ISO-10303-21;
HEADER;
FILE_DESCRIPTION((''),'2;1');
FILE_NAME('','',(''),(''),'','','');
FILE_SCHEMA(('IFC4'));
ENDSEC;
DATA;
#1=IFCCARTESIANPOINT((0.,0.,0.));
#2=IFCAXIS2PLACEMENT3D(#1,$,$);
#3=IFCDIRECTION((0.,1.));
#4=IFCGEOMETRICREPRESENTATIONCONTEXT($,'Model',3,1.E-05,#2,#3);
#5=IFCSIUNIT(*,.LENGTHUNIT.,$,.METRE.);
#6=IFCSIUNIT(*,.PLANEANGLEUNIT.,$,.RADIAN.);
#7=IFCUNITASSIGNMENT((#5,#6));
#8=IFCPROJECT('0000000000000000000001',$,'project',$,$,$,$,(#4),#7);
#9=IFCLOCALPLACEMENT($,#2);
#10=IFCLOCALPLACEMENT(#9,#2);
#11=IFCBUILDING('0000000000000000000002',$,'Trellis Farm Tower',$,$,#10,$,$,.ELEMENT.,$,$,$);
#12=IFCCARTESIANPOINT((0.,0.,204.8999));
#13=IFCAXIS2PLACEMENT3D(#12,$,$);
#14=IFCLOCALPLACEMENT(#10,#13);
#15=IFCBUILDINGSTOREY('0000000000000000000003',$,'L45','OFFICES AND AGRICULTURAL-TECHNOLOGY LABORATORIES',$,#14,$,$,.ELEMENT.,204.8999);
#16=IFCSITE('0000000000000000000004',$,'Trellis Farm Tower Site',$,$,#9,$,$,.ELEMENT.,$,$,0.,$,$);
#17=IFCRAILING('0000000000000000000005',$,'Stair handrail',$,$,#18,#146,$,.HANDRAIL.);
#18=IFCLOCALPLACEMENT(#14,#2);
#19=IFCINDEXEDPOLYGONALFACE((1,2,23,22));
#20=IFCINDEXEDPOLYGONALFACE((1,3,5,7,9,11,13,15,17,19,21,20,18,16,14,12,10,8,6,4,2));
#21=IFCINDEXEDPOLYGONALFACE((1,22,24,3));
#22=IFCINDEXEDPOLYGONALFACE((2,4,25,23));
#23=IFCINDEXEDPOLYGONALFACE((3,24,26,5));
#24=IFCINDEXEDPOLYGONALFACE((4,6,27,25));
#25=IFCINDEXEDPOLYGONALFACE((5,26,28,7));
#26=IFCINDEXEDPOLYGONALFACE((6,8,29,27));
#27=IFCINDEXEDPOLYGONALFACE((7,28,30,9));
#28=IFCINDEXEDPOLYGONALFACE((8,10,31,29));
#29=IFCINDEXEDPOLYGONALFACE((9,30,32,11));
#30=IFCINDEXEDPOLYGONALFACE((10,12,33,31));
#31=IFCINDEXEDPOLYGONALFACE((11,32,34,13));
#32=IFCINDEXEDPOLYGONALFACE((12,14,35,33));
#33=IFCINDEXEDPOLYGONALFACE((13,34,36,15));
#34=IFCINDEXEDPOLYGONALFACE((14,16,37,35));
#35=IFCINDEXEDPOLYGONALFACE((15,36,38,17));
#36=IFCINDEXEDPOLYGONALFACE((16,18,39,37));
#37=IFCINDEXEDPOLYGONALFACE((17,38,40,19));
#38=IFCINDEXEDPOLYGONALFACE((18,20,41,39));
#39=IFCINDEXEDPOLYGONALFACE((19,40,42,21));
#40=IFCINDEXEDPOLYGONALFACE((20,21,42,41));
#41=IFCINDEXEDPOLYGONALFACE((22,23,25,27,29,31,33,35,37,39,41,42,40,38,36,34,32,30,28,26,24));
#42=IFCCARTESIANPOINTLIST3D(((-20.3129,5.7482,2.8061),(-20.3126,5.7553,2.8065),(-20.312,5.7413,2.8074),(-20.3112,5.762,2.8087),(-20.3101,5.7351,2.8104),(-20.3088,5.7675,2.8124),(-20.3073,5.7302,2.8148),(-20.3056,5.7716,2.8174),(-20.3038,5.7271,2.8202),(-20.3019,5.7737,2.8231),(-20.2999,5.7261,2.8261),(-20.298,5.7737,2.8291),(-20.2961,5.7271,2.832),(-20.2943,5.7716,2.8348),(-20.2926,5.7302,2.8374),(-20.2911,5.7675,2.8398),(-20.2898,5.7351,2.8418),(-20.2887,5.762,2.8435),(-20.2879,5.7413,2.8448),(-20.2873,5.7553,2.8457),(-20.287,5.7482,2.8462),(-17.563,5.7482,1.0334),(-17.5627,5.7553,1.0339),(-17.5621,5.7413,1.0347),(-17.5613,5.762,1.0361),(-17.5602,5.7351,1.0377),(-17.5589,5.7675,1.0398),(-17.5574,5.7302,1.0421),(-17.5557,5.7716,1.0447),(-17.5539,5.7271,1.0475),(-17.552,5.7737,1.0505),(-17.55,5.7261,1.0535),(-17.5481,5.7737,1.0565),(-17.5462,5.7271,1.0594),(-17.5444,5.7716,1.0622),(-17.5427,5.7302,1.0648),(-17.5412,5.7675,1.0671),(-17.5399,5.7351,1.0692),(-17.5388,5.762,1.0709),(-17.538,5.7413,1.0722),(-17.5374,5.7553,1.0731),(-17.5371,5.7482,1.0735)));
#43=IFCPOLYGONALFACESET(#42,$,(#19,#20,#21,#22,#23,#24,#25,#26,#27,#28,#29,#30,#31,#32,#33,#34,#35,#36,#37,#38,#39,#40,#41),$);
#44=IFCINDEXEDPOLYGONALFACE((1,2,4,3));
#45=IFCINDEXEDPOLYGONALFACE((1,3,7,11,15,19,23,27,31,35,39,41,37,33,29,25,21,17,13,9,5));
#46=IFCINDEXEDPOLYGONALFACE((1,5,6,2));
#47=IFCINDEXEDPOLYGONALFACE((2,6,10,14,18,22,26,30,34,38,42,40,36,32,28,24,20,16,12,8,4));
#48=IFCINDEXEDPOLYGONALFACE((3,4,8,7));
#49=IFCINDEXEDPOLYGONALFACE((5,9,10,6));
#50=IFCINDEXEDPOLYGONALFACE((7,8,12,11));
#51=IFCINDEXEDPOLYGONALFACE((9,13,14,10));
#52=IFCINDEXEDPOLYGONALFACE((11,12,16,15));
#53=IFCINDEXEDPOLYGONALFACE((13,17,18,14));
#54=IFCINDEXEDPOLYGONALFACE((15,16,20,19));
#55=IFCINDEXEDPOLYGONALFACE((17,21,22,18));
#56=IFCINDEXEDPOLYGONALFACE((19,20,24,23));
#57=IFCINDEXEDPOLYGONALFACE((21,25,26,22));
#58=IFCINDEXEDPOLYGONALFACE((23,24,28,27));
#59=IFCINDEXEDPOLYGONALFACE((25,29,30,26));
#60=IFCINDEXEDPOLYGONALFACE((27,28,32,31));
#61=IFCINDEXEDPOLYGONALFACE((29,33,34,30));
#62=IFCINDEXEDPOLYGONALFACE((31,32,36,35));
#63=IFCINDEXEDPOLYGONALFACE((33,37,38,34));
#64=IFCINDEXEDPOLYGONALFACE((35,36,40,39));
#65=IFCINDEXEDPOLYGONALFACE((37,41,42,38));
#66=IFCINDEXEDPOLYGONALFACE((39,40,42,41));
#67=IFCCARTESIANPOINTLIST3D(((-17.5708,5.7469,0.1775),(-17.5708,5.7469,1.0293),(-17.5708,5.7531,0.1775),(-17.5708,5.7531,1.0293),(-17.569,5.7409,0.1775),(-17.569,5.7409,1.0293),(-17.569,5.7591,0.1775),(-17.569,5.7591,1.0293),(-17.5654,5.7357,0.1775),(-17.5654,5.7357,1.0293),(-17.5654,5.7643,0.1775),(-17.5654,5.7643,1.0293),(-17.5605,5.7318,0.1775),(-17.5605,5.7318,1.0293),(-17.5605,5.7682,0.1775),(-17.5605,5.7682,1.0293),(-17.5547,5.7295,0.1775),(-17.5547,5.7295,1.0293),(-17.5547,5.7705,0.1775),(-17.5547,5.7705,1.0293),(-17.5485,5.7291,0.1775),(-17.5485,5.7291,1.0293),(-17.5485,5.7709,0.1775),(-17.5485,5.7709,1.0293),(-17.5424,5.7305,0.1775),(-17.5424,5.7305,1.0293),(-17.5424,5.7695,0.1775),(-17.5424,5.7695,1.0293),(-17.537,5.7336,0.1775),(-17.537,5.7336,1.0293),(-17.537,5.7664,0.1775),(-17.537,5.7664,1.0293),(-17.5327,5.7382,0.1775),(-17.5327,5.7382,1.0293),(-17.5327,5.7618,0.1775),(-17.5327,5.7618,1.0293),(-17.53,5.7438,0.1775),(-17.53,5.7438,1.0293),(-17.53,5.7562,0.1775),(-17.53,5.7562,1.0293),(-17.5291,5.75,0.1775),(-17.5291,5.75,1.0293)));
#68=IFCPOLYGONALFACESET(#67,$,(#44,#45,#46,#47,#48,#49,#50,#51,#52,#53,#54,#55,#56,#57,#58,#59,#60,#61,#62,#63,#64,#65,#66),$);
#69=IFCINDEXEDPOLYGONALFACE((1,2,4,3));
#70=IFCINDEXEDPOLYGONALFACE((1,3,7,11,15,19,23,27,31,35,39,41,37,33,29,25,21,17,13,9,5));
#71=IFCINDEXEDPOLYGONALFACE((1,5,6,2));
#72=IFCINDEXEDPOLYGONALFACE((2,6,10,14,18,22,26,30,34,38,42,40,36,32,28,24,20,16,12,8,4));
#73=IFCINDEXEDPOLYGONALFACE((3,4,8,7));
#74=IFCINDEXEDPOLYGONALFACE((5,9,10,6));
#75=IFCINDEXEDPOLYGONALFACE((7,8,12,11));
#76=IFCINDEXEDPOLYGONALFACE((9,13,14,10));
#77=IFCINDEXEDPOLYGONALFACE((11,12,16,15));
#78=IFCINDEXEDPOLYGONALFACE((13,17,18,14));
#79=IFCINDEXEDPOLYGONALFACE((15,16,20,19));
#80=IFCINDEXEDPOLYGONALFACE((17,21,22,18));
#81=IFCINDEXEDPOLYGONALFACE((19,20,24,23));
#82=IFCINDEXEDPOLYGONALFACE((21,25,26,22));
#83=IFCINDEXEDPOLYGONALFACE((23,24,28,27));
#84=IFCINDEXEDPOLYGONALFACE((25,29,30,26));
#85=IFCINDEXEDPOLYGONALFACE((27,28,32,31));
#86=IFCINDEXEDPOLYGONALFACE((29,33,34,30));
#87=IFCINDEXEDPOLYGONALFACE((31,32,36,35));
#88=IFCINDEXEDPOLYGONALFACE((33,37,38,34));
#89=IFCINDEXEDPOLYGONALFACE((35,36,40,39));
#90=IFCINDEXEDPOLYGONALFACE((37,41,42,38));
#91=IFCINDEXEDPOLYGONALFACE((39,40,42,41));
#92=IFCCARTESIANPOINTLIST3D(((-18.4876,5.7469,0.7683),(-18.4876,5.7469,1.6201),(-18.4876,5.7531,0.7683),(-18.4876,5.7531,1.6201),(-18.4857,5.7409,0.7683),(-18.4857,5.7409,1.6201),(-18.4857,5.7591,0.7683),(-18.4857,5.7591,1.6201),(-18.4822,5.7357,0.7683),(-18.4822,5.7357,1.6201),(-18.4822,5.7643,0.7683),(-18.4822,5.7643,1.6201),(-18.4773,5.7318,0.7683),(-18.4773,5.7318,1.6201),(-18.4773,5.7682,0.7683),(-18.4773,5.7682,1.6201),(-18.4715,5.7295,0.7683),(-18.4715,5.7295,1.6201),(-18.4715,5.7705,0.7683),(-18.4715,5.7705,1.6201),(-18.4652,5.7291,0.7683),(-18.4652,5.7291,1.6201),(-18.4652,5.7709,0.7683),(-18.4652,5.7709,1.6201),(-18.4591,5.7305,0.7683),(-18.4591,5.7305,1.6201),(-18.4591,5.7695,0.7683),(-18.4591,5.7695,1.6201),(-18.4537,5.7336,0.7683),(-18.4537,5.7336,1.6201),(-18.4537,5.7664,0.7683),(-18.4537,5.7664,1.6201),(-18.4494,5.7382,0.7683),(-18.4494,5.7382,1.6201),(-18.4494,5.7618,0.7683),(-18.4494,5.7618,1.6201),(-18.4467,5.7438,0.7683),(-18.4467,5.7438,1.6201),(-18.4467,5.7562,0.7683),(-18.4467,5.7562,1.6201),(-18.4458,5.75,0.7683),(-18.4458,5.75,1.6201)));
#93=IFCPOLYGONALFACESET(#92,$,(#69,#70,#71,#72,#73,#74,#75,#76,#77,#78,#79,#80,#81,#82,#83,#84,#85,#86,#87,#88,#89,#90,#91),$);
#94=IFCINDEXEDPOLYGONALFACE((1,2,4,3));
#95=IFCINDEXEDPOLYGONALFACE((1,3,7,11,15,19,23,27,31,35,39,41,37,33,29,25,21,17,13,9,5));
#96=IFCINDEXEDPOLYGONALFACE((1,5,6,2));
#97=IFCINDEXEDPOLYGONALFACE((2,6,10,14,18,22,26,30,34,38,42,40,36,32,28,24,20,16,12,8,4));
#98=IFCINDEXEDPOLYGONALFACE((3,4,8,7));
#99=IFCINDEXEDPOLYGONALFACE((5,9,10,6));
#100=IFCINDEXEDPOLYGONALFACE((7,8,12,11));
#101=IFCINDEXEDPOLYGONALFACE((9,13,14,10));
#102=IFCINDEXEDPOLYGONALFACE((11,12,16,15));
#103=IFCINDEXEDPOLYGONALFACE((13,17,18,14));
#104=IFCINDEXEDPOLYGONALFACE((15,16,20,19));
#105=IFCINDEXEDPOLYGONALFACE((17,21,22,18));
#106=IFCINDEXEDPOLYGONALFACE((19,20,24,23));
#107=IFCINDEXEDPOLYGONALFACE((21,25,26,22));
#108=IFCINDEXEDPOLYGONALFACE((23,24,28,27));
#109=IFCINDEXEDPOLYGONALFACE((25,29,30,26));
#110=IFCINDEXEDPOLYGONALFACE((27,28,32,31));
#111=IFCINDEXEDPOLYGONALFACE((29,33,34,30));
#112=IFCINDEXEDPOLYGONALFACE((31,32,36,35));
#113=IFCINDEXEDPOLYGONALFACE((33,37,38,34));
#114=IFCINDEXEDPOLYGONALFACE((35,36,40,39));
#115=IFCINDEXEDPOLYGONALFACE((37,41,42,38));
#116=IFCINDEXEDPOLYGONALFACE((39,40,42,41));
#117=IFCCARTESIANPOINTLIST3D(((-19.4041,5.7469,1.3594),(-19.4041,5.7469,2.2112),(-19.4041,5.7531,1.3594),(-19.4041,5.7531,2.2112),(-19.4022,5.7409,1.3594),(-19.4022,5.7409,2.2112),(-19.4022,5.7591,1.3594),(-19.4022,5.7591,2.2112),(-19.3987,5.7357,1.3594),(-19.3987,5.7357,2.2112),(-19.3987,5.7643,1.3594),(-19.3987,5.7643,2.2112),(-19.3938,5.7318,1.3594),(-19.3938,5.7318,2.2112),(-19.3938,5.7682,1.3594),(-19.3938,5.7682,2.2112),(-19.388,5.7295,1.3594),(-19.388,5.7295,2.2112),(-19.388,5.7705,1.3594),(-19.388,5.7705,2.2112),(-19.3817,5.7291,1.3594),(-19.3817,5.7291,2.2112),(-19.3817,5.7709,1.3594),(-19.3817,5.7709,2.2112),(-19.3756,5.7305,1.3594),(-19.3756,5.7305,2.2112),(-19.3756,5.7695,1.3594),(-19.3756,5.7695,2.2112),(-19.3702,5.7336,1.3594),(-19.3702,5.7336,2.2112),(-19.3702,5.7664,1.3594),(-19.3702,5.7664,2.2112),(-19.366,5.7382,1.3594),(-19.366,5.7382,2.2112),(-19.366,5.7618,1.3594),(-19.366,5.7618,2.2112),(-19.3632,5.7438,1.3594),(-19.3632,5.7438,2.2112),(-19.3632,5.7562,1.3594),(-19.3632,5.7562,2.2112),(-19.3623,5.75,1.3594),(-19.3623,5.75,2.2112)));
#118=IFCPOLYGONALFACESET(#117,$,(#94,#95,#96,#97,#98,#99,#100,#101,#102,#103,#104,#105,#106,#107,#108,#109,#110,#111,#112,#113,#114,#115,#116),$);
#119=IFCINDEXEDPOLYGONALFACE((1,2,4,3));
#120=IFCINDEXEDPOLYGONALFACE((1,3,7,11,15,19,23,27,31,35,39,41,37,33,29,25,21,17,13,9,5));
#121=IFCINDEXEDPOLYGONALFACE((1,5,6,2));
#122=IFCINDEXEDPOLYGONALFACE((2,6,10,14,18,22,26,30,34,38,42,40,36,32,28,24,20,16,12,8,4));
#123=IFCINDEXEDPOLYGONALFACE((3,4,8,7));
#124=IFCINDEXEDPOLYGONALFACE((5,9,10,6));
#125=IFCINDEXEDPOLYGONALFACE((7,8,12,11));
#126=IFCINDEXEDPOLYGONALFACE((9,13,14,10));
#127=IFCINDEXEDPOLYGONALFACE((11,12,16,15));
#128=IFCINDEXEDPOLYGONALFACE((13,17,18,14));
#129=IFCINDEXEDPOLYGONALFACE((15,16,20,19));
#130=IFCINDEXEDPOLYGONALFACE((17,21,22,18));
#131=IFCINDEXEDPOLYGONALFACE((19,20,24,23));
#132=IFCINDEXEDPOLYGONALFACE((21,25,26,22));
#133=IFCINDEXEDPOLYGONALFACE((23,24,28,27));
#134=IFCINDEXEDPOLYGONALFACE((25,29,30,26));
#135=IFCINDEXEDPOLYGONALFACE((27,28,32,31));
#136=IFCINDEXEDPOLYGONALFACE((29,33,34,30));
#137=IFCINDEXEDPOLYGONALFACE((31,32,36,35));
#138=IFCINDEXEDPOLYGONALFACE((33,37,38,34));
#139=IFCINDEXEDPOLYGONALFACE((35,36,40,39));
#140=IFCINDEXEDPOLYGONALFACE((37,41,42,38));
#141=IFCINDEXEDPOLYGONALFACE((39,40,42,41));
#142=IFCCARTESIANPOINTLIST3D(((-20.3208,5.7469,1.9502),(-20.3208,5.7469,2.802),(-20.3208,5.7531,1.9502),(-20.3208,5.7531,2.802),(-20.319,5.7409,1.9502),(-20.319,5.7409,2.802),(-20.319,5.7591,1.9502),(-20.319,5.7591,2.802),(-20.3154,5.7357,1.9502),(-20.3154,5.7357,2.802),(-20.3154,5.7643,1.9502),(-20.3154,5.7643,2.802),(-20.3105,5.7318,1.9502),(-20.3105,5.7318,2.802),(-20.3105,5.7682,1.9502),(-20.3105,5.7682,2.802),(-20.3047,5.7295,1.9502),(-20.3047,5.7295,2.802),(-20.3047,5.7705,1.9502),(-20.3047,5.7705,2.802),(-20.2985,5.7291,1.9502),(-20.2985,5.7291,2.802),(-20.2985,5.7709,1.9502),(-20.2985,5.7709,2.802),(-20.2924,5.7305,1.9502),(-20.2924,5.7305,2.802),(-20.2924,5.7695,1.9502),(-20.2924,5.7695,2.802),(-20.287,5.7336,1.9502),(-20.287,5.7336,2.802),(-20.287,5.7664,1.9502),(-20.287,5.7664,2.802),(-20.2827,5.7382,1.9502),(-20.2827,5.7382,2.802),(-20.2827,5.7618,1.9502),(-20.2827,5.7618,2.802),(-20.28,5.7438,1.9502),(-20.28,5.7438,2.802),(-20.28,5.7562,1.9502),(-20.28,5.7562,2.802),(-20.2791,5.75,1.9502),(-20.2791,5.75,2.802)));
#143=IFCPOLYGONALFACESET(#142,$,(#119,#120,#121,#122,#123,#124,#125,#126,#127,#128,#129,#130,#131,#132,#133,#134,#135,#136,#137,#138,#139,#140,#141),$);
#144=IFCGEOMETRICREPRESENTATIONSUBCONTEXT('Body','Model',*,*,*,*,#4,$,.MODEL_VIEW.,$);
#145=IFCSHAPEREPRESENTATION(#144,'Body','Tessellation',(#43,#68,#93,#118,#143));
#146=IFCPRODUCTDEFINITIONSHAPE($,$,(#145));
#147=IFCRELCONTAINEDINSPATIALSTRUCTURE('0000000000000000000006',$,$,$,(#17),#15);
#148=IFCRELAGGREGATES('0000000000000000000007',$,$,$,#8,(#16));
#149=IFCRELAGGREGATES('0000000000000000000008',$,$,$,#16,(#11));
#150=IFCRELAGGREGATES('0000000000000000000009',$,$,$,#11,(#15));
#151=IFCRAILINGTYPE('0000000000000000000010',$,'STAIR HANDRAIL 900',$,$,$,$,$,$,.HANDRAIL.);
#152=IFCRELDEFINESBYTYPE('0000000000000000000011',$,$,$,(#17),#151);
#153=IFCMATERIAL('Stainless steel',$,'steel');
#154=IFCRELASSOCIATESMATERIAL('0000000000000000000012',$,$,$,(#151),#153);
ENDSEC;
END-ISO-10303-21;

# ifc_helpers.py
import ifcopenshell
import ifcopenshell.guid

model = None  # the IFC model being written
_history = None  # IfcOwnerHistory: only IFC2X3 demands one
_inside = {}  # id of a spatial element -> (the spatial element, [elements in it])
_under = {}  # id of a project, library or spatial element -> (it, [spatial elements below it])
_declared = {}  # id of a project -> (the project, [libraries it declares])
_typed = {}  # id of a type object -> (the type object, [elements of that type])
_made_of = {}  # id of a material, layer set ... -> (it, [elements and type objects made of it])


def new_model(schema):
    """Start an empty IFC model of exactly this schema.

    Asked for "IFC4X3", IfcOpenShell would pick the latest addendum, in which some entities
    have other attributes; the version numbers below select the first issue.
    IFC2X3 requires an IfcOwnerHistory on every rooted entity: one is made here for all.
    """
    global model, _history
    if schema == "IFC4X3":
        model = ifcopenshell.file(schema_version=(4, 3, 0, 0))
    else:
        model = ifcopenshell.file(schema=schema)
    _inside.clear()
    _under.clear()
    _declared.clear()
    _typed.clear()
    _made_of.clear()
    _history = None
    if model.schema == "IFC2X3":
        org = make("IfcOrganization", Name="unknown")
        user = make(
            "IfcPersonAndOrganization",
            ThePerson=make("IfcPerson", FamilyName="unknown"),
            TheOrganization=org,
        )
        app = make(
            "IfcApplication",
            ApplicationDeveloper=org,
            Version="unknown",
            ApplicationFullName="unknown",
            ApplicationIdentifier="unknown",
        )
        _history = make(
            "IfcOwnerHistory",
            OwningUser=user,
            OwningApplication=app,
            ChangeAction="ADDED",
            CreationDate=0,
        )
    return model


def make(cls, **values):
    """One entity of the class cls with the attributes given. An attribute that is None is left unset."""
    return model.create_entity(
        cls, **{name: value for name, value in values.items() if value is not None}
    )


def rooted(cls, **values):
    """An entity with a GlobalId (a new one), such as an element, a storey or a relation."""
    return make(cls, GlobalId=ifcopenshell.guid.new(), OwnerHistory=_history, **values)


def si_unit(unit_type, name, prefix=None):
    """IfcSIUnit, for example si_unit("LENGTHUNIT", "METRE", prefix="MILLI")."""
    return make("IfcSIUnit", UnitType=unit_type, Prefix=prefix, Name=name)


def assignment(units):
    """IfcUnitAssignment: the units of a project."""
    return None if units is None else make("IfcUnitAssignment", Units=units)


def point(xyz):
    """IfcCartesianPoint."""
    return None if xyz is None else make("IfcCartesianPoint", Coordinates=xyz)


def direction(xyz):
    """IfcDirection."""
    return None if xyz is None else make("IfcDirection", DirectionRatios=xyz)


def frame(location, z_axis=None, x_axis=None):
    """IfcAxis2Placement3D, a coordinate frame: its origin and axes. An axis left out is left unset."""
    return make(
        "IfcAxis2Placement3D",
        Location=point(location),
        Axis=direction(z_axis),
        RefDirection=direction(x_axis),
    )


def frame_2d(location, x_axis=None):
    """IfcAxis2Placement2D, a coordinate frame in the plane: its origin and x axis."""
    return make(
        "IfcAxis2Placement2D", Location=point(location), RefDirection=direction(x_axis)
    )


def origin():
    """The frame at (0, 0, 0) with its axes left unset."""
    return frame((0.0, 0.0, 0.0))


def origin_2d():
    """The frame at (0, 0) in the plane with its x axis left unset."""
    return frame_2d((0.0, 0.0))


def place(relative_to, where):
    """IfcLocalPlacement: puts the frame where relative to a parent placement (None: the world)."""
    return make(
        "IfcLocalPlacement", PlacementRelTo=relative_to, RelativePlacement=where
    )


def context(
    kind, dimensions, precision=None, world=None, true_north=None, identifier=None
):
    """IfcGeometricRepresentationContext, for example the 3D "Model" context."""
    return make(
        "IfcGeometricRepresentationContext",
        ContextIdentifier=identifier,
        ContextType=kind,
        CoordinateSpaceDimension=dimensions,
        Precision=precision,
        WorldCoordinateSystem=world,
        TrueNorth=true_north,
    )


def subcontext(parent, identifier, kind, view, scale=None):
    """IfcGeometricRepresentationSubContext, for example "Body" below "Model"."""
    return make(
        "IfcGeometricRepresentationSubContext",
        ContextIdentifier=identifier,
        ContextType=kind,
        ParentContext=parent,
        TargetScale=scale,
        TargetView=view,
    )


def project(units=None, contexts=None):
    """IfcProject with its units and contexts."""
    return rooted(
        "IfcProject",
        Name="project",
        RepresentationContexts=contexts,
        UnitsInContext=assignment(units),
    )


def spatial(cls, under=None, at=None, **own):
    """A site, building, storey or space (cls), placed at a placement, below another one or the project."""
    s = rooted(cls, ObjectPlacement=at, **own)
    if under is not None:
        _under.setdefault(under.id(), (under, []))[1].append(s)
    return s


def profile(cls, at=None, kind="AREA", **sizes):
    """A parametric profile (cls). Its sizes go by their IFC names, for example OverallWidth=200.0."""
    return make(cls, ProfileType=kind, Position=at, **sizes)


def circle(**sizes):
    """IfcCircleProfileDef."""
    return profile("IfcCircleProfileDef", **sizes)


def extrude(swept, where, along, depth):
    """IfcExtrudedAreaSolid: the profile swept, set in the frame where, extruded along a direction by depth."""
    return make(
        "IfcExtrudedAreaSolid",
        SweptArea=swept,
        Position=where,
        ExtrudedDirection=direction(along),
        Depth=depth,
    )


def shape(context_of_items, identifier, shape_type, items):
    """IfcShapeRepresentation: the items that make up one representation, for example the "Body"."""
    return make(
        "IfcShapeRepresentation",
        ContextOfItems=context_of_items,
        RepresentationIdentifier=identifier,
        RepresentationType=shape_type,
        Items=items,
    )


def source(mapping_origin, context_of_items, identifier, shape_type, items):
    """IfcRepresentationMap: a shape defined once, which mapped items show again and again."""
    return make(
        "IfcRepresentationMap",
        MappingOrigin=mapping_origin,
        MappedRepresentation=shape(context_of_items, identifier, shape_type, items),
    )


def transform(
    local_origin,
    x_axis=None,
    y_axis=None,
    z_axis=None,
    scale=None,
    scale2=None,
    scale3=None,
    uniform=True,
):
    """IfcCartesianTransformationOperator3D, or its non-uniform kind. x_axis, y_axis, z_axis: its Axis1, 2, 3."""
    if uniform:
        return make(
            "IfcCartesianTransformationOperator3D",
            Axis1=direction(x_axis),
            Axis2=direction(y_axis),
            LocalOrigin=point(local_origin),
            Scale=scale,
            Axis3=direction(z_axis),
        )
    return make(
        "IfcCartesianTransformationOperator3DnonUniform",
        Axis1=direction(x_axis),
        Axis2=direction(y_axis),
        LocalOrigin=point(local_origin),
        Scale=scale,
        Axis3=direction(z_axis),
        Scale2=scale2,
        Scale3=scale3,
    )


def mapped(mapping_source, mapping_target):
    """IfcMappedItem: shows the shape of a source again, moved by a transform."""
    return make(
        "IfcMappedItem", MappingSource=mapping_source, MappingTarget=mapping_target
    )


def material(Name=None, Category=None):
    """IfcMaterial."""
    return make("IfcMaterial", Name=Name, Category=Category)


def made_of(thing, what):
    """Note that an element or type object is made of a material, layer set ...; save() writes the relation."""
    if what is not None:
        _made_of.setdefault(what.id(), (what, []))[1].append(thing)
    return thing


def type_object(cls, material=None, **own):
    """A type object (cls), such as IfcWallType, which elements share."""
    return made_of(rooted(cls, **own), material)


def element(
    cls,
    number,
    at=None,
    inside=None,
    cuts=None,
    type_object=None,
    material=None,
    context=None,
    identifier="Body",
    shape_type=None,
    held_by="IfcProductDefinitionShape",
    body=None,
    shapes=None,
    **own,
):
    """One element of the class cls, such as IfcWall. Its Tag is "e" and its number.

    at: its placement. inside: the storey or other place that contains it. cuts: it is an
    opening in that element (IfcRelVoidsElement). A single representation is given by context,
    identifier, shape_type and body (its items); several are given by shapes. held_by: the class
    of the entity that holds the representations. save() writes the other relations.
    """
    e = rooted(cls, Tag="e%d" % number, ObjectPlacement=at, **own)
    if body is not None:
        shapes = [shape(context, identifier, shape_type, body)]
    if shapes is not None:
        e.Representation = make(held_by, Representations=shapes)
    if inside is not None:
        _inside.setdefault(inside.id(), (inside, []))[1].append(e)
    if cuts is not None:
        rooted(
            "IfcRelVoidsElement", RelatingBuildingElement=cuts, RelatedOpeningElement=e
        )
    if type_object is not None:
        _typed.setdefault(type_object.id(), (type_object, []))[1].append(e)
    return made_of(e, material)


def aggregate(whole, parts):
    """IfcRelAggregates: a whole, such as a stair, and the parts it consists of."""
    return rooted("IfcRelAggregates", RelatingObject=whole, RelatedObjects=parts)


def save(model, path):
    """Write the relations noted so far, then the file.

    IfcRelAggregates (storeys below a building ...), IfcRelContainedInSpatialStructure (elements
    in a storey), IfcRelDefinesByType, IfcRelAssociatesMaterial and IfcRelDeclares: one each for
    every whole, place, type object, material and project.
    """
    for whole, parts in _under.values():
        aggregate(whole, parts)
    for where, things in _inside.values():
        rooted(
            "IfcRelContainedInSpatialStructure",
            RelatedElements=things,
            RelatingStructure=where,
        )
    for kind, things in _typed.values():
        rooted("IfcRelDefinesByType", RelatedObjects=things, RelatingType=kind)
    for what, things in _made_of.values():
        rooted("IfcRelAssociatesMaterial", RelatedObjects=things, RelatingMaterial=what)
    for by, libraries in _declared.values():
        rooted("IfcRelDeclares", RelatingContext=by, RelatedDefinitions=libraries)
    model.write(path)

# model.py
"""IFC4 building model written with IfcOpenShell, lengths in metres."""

from ifc_helpers import new_model, si_unit, direction, frame, origin, origin_2d, place, context, subcontext, project, spatial, circle, extrude, source, transform, mapped, material, type_object, element, save


model = new_model("IFC4")

# Units and contexts
model_context = context("Model", 3, precision=1e-05, world=origin(), true_north=direction((0.0, 1.0)))
body_context = subcontext(model_context, "Body", "Model", "MODEL_VIEW")
ifc_project = project(units=[si_unit("LENGTHUNIT", "METRE"), si_unit("PLANEANGLEUNIT", "RADIAN")], contexts=[model_context])

# Site, building, storey
site_placement = place(None, origin())
site = spatial("IfcSite", under=ifc_project, at=site_placement, Name="Trellis Farm Tower Site", CompositionType="ELEMENT", RefElevation=0.0)
building_placement = place(site_placement, origin())
building = spatial("IfcBuilding", under=site, at=building_placement, Name="Trellis Farm Tower", CompositionType="ELEMENT")
storey_placement = place(building_placement, frame((0.0, 0.0, 204.8999)))
storey = spatial("IfcBuildingStorey", under=building, at=storey_placement, Name="L45", Description="OFFICES AND AGRICULTURAL-TECHNOLOGY LABORATORIES", CompositionType="ELEMENT", Elevation=204.8999)

# Railing
ifc_material_1 = material(Name="Stainless steel", Category="steel")
railing_type = type_object("IfcRailingType", Name="STAIR HANDRAIL 900", PredefinedType="HANDRAIL", material=ifc_material_1)
shared_shape_1 = source(origin(), body_context, "Body", "SweptSolid", [
    extrude(circle(Radius=0.0239, at=origin_2d()), frame((0.0, 0.0, 0.876), z_axis=(-0.840504, 0.0, 0.541806), x_axis=(0.0, -1.0, 0.0)), (0.0, 0.0, 1.0), 3.2717),
    extrude(circle(Radius=0.021, at=origin_2d()), origin(), (0.0, 0.0, 1.0), 0.8518),
    extrude(circle(Radius=0.021, at=origin_2d()), frame((-0.9167, 0.0, 0.5908)), (0.0, 0.0, 1.0), 0.8518),
    extrude(circle(Radius=0.021, at=origin_2d()), frame((-1.8333, 0.0, 1.1819)), (0.0, 0.0, 1.0), 0.8518),
    extrude(circle(Radius=0.021, at=origin_2d()), frame((-2.75, 0.0, 1.7727)), (0.0, 0.0, 1.0), 0.8518),
])
for number, where, name in (
    (1, (-17.55, 5.75, 0.1775), "Stair handrail"),
):
    element("IfcRailing", number, at=place(storey_placement, frame(where)), inside=storey, type_object=railing_type, Name=name, PredefinedType="HANDRAIL", context=body_context, shape_type="MappedRepresentation", body=[
        mapped(shared_shape_1, transform((0.0, 0.0, 0.0))),
    ])

save(model, "model.ifc")
